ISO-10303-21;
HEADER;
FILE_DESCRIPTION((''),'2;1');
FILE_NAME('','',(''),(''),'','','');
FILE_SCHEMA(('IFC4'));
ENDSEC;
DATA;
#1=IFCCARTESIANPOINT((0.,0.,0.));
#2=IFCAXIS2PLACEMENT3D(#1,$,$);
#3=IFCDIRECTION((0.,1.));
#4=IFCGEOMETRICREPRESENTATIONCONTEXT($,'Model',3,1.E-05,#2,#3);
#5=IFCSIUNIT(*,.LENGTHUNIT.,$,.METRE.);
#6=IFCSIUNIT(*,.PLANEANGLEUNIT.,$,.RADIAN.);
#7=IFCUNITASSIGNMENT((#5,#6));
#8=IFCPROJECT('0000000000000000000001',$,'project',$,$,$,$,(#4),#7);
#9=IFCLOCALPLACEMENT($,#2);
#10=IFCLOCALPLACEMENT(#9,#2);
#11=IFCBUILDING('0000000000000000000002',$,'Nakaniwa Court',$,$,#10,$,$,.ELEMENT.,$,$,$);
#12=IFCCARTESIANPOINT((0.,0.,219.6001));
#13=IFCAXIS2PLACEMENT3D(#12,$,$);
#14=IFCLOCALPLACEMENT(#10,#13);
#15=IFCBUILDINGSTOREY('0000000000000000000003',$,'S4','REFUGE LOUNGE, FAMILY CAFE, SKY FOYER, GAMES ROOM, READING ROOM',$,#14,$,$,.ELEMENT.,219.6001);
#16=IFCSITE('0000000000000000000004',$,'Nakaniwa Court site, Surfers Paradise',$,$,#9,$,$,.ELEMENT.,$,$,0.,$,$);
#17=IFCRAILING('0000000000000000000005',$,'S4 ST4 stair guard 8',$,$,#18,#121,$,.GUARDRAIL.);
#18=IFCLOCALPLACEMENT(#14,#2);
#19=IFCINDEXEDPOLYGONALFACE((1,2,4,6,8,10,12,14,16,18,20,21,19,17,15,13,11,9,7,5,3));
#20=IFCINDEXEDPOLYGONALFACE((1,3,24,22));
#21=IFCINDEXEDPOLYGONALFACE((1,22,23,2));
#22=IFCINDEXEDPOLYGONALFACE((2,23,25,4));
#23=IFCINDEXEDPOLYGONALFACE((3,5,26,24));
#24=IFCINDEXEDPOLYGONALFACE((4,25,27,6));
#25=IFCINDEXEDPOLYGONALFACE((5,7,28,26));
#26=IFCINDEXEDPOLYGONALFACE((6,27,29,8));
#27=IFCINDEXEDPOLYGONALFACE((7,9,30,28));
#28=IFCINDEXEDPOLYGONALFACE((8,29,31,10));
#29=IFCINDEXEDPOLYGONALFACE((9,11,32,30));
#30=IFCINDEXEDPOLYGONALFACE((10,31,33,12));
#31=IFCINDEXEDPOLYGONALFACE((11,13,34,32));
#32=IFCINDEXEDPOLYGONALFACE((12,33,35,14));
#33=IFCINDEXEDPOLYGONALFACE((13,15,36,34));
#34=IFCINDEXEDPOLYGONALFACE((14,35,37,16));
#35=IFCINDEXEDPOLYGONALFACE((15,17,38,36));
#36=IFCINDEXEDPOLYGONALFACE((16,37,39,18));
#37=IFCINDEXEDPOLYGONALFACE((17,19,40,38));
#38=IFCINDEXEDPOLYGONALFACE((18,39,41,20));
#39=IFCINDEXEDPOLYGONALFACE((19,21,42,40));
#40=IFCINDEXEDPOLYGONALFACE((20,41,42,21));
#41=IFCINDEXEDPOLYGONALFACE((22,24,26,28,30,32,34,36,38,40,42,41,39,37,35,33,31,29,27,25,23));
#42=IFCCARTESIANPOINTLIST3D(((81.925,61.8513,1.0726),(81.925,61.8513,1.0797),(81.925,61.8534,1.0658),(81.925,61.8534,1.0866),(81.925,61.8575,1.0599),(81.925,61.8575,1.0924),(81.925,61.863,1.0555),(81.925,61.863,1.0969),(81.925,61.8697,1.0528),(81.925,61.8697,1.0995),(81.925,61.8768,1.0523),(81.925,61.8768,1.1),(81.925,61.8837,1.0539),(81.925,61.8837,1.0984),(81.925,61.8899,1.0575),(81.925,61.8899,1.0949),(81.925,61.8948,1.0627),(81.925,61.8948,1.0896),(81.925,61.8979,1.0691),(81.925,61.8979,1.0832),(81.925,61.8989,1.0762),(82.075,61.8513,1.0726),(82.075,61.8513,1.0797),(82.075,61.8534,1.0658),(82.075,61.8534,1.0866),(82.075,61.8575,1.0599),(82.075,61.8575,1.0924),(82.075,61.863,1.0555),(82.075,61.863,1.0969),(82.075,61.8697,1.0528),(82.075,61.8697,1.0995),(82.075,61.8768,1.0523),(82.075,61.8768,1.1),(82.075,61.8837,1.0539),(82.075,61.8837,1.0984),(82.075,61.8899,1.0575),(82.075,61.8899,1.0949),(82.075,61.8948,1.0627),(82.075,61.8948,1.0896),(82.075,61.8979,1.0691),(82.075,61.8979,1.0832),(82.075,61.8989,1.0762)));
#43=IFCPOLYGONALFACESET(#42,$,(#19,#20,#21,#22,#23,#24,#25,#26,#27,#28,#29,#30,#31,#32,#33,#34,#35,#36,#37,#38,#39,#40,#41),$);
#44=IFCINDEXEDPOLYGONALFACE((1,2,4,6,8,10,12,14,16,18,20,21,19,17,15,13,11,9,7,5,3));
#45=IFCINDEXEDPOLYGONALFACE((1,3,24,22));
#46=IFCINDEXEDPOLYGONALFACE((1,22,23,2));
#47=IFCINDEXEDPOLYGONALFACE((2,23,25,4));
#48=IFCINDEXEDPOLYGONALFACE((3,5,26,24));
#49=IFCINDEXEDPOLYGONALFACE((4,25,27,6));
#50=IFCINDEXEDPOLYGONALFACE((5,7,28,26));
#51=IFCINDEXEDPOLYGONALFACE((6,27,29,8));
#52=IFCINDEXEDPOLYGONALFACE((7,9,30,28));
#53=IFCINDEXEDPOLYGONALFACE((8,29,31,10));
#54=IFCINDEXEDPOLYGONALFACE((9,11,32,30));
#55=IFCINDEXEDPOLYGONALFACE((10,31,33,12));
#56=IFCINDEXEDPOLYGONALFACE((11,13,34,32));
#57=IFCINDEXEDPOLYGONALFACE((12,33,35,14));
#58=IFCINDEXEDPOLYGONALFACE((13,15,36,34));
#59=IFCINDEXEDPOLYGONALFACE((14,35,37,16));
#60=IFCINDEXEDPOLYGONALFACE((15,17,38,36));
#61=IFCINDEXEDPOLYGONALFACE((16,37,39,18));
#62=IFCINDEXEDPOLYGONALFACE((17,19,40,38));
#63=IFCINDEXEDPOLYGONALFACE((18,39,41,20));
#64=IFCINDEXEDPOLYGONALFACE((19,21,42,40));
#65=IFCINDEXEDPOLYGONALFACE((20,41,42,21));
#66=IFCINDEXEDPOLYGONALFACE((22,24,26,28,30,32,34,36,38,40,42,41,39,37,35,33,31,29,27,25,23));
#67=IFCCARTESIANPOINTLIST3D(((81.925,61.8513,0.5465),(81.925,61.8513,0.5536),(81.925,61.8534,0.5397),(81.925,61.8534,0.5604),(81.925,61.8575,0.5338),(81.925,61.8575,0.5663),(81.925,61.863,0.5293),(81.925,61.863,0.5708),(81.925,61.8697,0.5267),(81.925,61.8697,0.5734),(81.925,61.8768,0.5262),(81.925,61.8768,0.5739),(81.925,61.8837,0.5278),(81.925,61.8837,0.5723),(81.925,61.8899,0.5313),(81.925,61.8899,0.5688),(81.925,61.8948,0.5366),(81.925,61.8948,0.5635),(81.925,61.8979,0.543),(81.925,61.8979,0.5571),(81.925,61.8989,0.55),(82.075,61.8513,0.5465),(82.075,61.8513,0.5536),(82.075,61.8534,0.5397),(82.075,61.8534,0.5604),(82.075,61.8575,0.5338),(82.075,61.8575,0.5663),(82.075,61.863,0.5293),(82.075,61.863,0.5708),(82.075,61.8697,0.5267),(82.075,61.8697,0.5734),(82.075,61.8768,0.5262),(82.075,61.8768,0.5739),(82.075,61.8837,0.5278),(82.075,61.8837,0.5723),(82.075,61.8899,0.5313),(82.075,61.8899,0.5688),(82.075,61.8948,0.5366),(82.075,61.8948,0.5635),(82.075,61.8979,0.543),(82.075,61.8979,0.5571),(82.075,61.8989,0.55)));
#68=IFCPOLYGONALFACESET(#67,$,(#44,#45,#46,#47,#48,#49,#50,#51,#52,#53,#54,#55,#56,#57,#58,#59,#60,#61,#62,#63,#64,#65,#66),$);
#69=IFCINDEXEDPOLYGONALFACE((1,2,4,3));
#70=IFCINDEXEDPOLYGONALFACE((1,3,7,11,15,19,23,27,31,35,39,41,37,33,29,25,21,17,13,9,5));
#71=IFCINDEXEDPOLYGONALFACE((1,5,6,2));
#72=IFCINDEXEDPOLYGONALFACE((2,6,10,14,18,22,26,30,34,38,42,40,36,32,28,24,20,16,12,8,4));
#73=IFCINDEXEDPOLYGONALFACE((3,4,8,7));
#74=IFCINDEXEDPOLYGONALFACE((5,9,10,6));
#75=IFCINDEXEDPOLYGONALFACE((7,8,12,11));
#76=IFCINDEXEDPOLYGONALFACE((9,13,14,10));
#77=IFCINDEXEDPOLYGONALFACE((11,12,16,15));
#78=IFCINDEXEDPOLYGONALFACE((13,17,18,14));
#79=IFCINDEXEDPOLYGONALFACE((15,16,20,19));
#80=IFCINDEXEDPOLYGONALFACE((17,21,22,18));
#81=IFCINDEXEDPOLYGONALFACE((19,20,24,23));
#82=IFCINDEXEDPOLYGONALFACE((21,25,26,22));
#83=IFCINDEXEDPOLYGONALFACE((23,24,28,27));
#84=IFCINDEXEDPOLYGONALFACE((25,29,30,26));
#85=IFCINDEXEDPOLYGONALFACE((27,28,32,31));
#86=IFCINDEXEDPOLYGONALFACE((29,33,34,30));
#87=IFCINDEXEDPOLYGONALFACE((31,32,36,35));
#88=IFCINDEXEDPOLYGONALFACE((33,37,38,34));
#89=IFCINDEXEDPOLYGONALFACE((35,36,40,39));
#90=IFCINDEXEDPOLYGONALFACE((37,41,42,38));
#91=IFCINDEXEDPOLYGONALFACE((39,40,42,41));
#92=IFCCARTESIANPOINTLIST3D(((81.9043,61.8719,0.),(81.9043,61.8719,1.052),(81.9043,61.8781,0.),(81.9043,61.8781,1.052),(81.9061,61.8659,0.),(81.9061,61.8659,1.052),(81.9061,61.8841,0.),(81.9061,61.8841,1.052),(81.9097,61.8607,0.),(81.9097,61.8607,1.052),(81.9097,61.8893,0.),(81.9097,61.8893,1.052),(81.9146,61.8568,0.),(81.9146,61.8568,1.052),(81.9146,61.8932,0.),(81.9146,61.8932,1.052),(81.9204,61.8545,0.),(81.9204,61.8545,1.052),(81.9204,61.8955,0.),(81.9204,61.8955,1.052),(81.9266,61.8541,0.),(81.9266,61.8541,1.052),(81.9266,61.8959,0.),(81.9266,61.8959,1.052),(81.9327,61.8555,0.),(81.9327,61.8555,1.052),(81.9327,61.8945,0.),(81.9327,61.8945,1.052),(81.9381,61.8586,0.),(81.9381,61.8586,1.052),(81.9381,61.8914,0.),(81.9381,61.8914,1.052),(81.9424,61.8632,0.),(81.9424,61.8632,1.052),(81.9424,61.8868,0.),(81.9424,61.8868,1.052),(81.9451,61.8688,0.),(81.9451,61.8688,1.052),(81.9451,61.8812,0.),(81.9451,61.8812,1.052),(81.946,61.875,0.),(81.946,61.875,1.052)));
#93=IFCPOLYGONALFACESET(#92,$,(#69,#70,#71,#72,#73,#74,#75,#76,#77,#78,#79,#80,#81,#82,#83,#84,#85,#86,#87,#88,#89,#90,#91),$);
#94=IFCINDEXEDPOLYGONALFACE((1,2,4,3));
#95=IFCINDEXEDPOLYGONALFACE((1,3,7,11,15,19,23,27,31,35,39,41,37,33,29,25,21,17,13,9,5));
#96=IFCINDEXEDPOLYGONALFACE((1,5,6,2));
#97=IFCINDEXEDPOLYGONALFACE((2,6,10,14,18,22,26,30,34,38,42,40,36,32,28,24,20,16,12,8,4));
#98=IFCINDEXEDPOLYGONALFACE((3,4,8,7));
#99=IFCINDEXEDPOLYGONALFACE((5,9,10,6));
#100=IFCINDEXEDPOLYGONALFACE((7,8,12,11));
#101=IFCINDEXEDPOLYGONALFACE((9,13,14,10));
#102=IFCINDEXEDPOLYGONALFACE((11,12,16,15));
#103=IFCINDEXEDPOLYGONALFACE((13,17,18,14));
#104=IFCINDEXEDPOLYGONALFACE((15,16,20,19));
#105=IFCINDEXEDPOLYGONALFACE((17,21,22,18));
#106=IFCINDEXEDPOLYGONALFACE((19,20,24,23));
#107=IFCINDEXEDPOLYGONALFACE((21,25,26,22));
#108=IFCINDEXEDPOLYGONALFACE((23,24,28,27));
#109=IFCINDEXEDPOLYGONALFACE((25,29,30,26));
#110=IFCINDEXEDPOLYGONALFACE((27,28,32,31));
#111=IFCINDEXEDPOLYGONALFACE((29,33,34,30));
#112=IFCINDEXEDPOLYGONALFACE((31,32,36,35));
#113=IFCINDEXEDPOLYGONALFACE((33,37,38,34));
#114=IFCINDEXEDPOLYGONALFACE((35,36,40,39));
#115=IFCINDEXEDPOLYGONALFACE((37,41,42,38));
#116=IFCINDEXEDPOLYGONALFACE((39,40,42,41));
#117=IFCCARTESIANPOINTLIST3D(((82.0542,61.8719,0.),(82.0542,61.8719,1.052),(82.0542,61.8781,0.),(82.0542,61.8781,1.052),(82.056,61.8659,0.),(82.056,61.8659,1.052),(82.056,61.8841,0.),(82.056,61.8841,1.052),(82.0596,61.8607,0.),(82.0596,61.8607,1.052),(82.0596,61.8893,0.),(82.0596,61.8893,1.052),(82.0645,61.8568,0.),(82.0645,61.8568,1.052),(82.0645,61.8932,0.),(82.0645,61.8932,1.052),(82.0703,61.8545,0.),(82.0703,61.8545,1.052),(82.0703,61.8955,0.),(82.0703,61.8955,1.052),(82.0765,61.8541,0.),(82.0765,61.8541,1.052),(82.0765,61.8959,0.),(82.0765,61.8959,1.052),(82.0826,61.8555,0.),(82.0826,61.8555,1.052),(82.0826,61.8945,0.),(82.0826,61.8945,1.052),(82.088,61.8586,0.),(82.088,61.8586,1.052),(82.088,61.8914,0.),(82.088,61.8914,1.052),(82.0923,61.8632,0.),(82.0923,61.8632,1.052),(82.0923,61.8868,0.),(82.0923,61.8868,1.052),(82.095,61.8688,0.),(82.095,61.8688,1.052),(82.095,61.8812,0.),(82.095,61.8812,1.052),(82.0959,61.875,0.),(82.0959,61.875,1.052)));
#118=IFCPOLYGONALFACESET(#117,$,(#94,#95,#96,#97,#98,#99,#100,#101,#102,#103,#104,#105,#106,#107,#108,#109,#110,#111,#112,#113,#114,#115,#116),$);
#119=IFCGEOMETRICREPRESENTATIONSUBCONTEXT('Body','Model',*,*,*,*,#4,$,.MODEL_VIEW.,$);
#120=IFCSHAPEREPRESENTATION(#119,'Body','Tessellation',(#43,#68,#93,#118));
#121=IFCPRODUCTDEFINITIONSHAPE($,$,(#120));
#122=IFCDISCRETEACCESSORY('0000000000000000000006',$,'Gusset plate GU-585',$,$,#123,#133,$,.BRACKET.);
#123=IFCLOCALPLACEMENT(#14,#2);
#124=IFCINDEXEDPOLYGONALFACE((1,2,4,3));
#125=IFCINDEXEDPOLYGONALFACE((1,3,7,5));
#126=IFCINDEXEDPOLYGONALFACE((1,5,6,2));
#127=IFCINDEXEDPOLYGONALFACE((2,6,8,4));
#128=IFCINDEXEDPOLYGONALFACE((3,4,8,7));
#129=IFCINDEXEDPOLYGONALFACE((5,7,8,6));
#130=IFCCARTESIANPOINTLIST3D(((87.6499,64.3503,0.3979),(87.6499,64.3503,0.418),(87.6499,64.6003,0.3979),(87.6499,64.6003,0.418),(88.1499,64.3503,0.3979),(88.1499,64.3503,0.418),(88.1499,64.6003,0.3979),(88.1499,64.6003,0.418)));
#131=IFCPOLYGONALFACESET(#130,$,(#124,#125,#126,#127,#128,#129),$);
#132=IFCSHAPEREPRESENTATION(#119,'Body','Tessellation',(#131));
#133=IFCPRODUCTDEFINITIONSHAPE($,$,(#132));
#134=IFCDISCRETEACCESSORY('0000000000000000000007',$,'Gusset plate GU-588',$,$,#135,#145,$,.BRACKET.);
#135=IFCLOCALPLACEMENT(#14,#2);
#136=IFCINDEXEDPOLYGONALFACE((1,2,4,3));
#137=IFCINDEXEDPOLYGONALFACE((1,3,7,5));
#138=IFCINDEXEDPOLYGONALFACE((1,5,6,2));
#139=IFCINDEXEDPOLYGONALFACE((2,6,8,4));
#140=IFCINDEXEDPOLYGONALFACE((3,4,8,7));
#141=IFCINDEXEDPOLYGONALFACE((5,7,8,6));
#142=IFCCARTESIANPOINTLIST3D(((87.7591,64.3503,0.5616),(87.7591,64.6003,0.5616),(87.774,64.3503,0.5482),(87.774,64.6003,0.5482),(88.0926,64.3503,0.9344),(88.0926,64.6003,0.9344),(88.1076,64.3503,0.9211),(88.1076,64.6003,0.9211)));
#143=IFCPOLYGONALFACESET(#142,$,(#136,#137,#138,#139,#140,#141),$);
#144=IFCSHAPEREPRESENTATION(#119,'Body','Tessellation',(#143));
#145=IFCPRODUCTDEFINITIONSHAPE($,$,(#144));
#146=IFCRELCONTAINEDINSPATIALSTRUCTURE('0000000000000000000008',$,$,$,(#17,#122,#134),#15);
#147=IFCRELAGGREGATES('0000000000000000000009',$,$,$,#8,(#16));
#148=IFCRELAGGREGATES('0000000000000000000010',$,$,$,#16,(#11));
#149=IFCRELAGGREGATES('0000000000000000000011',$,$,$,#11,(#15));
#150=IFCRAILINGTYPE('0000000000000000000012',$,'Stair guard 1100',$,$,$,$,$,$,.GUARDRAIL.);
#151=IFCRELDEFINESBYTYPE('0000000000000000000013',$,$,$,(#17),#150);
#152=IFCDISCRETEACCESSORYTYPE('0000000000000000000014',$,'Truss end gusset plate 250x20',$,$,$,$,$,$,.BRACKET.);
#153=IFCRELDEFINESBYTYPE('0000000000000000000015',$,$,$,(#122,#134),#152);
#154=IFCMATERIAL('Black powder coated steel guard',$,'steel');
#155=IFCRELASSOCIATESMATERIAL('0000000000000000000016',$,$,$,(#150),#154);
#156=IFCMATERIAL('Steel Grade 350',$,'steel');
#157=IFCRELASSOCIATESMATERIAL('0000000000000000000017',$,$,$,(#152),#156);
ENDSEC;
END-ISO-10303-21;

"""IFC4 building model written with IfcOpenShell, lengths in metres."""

from ifc_helpers import new_model, si_unit, direction, frame, origin, origin_2d, place, context, subcontext, project, spatial, rectangle, circle, extrude, material, material_profile, profile_set, type_object, element, save


model = new_model("IFC4")

# Units and contexts
model_context = context("Model", 3, precision=1e-05, world=origin(), true_north=direction((0.0, 1.0)))
body_context = subcontext(model_context, "Body", "Model", "MODEL_VIEW")
ifc_project = project(units=[si_unit("LENGTHUNIT", "METRE"), si_unit("PLANEANGLEUNIT", "RADIAN")], contexts=[model_context])

# Site, building, storey
site_placement = place(None, origin())
site = spatial("IfcSite", under=ifc_project, at=site_placement, Name="Nakaniwa Court site, Surfers Paradise", CompositionType="ELEMENT", RefElevation=0.0)
building_placement = place(site_placement, origin())
building = spatial("IfcBuilding", under=site, at=building_placement, Name="Nakaniwa Court", CompositionType="ELEMENT")
storey_placement = place(building_placement, frame((0.0, 0.0, 219.6001)))
storey = spatial("IfcBuildingStorey", under=building, at=storey_placement, Name="S4", Description="REFUGE LOUNGE, FAMILY CAFE, SKY FOYER, GAMES ROOM, READING ROOM", CompositionType="ELEMENT", Elevation=219.6001)

# Shared definitions
ifc_material_1 = material(Name="Steel Grade 350", Category="steel")

# Railing
ifc_material_2 = material(Name="Black powder coated steel guard", Category="steel")
railing_type = type_object("IfcRailingType", Name="Stair guard 1100", PredefinedType="GUARDRAIL", material=ifc_material_2)
for number, where, name in (
    (1, (81.925, 61.875, 0.0), "S4 ST4 stair guard 8"),
):
    element("IfcRailing", number, at=place(storey_placement, frame(where)), inside=storey, type_object=railing_type, Name=name, PredefinedType="GUARDRAIL", context=body_context, shape_type="SweptSolid", body=[
        extrude(circle(Radius=0.0239, at=origin_2d()), frame((0.0, 0.0, 1.0762), z_axis=(1.0, 0.0, 0.0), x_axis=(0.0, 1.0, 0.0)), (0.0, 0.0, 1.0), 0.1499),
        extrude(circle(Radius=0.0239, at=origin_2d()), frame((0.0, 0.0, 0.55), z_axis=(1.0, 0.0, 0.0), x_axis=(0.0, 1.0, 0.0)), (0.0, 0.0, 1.0), 0.1499),
        extrude(circle(Radius=0.021, at=origin_2d()), origin(), (0.0, 0.0, 1.0), 1.052),
        extrude(circle(Radius=0.021, at=origin_2d()), frame((0.1499, 0.0, 0.0)), (0.0, 0.0, 1.0), 1.052),
    ])

# Discrete accessories
ifc_material_profile_1 = material_profile(ifc_material_1, rectangle(XDim=0.25, YDim=0.02, at=origin_2d()), Name="Truss end gusset plate 250x20")
ifc_profile_set_1 = profile_set([ifc_material_profile_1], Name="Steel Grade 350")
discrete_accessory_type = type_object("IfcDiscreteAccessoryType", Name="Truss end gusset plate 250x20", PredefinedType="BRACKET", material=ifc_profile_set_1)
discrete_accessory_1_placement = place(storey_placement, frame((88.1499, 64.4753, 0.408), z_axis=(-1.0, 0.0, 0.0), x_axis=(0.0, -1.0, 0.0)))
element("IfcDiscreteAccessory", 2, at=discrete_accessory_1_placement, inside=storey, type_object=discrete_accessory_type, Name="Gusset plate GU-585", PredefinedType="BRACKET", context=body_context, shape_type="SweptSolid", body=[
    extrude(rectangle(XDim=0.25, YDim=0.02, at=origin_2d()), origin(), (0.0, 0.0, 1.0), 0.5),
])
discrete_accessory_2_placement = place(storey_placement, frame((88.1001, 64.4753, 0.9277), z_axis=(-0.666724, 0.0, -0.745305), x_axis=(0.0, -1.0, 0.0)))
element("IfcDiscreteAccessory", 3, at=discrete_accessory_2_placement, inside=storey, type_object=discrete_accessory_type, Name="Gusset plate GU-588", PredefinedType="BRACKET", context=body_context, shape_type="SweptSolid", body=[
    extrude(rectangle(XDim=0.25, YDim=0.02, at=origin_2d()), origin(), (0.0, 0.0, 1.0), 0.5002),
])

save(model, "model.ifc")
